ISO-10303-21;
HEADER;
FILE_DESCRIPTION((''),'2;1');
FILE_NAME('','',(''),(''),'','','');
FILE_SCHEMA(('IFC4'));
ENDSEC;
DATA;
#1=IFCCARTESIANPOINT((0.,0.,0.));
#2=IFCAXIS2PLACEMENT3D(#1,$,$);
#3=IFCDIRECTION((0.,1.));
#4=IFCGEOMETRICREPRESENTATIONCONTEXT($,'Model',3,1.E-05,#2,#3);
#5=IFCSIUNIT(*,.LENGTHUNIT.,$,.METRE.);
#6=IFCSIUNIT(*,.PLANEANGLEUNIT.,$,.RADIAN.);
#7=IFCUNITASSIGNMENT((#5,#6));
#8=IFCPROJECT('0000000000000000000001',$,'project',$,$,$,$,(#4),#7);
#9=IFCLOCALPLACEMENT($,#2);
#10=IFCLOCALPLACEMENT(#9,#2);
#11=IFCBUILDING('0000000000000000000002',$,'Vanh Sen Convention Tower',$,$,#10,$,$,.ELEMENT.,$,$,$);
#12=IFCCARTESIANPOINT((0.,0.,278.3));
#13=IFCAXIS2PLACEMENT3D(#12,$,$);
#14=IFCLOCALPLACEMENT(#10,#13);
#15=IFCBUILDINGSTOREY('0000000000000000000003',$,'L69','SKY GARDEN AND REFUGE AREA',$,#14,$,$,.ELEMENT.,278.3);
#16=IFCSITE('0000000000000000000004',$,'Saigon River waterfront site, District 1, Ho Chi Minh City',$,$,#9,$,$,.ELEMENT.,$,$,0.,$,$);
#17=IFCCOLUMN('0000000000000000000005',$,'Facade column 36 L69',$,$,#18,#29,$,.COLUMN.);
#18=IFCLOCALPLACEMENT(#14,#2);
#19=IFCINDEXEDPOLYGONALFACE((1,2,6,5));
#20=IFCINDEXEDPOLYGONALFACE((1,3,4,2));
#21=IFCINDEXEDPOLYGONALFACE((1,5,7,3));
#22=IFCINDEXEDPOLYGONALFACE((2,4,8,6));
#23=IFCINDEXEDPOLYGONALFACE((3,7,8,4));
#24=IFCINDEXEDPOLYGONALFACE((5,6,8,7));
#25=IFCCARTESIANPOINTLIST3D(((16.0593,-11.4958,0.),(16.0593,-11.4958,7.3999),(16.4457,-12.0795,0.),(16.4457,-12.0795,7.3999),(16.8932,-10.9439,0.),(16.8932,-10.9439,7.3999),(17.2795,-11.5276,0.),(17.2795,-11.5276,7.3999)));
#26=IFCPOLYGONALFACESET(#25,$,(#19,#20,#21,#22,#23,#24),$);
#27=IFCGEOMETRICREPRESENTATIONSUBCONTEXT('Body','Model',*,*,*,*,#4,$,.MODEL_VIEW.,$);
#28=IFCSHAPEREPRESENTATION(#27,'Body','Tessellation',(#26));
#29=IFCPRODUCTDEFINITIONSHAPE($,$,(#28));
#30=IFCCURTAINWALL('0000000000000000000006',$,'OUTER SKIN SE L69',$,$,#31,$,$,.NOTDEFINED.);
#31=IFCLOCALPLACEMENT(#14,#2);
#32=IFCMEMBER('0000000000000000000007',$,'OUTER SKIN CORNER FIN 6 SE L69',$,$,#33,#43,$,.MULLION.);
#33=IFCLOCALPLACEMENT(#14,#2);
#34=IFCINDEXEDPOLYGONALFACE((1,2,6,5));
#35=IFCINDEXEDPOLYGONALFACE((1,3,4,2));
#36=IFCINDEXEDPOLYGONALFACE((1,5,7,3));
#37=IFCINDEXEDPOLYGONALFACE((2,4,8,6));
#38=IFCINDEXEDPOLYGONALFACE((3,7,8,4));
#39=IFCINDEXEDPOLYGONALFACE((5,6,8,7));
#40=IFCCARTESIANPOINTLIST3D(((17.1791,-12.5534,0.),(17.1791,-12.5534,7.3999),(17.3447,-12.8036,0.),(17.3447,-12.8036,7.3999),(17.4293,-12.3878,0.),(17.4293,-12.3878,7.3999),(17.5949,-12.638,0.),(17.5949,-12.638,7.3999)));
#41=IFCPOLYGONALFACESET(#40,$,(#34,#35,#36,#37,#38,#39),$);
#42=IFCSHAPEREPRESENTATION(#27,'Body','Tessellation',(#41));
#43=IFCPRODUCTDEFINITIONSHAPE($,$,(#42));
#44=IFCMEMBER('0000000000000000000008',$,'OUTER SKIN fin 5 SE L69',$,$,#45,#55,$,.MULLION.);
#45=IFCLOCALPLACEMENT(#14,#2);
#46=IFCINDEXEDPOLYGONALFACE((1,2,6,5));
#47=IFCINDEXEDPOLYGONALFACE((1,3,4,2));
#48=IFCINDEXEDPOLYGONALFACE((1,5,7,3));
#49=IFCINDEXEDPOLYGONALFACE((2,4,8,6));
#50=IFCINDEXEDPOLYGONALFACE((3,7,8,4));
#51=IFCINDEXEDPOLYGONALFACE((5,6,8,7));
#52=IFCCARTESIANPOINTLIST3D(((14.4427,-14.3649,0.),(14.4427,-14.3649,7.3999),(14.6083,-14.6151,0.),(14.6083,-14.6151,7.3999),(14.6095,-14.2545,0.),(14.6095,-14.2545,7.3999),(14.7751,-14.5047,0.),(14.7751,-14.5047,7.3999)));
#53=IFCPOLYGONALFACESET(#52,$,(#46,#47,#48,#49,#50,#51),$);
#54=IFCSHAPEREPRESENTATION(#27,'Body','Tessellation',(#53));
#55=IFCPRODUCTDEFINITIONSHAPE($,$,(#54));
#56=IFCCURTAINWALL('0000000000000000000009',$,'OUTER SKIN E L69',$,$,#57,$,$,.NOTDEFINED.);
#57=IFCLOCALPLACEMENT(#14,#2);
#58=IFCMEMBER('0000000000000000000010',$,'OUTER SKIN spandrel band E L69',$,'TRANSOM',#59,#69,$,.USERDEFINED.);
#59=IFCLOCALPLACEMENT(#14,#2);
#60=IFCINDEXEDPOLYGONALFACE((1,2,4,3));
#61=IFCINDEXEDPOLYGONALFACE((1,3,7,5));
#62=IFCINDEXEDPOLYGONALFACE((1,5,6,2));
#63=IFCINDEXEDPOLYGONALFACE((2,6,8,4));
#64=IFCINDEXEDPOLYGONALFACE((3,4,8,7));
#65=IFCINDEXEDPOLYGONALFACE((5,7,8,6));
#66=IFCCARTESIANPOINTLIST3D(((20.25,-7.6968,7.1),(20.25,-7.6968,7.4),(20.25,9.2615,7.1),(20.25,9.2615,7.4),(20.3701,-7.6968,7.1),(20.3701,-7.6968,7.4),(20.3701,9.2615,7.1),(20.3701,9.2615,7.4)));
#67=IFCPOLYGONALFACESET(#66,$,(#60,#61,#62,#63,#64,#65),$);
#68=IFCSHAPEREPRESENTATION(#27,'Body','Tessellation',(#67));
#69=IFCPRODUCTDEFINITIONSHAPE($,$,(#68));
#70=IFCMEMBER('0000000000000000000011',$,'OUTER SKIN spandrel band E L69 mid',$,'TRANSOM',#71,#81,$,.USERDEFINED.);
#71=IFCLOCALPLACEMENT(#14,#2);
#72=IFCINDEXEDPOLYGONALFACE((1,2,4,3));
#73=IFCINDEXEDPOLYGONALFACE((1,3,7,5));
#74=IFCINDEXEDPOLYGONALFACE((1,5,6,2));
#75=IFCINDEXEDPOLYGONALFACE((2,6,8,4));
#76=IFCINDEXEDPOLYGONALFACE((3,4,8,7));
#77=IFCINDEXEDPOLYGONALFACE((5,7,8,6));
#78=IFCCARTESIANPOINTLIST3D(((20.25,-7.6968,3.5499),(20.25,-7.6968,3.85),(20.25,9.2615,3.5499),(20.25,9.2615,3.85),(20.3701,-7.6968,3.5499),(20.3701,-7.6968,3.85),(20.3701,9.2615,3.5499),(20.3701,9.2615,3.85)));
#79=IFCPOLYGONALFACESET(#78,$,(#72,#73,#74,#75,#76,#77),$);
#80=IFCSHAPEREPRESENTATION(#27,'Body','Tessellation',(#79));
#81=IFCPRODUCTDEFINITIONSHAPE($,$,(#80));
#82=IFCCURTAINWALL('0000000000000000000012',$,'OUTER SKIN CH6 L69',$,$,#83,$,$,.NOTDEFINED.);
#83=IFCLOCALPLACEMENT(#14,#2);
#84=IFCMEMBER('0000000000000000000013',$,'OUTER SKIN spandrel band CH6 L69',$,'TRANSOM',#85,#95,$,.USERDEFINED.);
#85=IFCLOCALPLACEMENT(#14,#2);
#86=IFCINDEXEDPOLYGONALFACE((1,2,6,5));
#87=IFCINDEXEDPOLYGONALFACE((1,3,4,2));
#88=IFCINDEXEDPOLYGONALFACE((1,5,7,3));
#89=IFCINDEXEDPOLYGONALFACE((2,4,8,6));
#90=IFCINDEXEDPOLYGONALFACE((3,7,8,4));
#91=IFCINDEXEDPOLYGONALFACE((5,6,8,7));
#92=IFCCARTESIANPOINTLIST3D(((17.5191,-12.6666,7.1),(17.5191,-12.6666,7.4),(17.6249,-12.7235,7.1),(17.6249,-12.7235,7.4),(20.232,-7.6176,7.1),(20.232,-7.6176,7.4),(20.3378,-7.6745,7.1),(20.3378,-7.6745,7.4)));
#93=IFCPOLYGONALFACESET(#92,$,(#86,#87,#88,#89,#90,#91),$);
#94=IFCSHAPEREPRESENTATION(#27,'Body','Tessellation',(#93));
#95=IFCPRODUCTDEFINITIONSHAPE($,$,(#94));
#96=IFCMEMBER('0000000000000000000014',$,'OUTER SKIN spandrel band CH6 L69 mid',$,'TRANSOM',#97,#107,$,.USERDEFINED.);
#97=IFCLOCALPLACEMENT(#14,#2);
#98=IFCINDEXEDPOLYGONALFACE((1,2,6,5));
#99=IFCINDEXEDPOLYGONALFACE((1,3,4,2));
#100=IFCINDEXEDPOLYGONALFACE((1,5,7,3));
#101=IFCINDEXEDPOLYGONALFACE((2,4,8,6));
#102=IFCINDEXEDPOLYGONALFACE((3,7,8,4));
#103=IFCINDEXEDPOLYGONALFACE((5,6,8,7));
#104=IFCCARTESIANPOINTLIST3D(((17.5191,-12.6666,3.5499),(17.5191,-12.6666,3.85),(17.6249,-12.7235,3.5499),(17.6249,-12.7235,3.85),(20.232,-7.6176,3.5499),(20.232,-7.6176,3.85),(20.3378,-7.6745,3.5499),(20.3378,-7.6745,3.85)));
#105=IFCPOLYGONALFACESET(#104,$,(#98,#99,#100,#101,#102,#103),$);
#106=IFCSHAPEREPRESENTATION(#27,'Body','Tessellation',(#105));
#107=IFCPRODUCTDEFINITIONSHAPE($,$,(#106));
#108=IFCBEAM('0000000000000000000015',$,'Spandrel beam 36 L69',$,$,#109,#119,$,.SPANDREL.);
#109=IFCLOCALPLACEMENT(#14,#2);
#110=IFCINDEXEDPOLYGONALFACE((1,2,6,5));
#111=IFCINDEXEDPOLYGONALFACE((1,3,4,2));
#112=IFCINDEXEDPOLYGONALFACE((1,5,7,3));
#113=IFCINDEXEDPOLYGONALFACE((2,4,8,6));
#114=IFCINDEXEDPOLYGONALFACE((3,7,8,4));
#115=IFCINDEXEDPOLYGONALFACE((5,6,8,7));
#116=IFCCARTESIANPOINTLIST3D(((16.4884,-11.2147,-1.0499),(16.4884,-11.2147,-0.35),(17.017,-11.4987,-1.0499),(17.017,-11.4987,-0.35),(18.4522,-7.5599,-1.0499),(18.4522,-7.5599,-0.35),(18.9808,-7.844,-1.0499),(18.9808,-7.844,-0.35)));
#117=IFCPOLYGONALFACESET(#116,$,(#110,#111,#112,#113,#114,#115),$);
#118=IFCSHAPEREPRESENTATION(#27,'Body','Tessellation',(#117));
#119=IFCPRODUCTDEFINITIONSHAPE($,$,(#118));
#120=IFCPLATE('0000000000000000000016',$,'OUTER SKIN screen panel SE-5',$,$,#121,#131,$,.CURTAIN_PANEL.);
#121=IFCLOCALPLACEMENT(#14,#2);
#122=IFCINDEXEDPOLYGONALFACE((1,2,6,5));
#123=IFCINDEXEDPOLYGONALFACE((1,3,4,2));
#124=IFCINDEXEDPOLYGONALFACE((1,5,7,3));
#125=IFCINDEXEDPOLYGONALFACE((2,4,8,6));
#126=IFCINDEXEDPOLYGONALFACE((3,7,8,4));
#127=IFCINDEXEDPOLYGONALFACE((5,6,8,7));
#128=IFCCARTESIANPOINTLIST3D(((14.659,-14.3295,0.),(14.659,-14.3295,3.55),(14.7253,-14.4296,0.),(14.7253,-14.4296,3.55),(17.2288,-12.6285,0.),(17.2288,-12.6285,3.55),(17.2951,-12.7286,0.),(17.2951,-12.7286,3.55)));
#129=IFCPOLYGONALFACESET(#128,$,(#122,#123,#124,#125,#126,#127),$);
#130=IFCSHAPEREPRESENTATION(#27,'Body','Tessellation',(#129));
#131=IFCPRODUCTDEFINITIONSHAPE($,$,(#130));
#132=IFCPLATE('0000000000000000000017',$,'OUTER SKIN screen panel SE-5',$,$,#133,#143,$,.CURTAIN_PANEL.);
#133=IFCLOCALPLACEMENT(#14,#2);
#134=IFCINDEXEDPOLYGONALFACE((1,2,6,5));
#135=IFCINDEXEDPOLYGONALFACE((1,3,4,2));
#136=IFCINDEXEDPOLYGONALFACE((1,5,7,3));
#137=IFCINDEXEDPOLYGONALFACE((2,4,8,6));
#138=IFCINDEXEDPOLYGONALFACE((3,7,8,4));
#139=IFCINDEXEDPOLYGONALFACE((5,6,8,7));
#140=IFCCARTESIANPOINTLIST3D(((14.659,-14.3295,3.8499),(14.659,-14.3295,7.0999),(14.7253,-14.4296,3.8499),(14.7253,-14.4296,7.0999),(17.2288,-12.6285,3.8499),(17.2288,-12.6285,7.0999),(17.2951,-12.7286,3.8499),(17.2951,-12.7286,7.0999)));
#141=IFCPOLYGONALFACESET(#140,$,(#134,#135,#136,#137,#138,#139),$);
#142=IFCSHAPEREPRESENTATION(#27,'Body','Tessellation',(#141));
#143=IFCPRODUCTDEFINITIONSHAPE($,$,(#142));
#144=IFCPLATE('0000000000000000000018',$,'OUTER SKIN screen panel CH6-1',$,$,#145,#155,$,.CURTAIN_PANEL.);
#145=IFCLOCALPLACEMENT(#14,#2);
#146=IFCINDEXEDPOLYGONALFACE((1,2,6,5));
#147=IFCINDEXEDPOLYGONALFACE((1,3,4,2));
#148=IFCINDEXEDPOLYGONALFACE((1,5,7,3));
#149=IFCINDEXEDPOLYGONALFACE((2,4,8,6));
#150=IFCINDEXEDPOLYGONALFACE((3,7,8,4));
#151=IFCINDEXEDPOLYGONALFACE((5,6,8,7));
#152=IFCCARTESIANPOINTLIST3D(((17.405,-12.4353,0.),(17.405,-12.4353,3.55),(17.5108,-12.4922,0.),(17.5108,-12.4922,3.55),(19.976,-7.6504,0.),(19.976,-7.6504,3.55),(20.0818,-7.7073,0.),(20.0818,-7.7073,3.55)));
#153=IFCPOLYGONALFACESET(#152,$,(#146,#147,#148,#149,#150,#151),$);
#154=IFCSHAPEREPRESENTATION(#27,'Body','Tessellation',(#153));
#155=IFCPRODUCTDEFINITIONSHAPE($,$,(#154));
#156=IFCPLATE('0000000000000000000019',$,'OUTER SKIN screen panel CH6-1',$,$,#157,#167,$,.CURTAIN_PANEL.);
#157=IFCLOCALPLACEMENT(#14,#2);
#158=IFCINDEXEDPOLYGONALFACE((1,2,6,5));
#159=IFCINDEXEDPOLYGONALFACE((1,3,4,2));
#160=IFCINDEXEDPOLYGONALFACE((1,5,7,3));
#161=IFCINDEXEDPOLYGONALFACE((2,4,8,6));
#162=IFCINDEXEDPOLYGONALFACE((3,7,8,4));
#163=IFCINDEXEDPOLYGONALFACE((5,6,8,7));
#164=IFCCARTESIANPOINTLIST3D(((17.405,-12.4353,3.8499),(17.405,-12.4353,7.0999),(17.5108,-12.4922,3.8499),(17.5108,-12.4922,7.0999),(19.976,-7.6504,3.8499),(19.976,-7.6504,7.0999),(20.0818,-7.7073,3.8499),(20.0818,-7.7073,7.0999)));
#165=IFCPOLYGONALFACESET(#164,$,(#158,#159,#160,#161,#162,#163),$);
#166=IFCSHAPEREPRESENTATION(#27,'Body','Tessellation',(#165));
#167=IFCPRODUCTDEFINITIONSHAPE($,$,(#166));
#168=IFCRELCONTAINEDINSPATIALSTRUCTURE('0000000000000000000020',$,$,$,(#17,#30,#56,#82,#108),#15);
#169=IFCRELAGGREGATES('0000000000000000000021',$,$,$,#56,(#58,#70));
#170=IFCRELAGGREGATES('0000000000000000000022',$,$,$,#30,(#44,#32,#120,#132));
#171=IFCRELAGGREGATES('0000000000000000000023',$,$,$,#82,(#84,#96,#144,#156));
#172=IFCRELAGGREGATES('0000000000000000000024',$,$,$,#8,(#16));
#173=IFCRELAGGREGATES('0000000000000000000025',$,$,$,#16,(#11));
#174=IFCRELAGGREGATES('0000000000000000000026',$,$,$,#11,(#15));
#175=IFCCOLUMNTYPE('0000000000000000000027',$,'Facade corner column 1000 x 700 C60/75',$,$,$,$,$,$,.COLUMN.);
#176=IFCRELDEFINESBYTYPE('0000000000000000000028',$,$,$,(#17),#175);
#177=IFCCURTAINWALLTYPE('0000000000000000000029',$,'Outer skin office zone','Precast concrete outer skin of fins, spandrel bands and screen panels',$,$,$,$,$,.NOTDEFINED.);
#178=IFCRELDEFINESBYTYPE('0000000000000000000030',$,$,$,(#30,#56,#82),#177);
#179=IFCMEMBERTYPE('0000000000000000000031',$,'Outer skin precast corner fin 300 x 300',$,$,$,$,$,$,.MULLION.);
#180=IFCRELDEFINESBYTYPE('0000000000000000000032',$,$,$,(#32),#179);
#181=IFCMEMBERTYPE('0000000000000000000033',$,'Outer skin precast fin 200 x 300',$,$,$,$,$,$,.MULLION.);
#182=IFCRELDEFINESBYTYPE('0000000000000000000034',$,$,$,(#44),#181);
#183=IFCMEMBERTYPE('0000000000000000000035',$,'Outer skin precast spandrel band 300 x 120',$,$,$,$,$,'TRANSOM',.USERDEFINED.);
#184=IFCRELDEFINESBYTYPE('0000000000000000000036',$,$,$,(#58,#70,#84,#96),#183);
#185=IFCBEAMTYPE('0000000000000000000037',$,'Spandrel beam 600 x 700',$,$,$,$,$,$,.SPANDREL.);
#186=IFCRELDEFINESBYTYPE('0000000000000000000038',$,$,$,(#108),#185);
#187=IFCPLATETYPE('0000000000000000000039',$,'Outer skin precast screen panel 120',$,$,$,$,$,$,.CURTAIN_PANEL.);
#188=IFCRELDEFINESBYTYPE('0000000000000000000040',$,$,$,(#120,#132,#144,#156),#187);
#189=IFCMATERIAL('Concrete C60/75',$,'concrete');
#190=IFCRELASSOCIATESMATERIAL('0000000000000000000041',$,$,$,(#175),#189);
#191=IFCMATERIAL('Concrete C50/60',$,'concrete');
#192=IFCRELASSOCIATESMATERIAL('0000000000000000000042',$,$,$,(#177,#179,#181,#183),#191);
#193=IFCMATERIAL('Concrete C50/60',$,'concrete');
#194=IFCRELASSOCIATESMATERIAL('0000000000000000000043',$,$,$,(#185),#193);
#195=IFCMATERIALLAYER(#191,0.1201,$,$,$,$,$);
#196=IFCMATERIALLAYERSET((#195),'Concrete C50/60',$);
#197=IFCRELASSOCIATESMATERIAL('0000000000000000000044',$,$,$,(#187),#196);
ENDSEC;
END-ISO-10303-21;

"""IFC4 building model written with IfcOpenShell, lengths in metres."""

from ifc_helpers import new_model, si_unit, direction, frame, origin, origin_2d, place, context, subcontext, project, spatial, rectangle, extrude, material, layer, layer_set, material_profile, profile_set, type_object, element, aggregate, save


model = new_model("IFC4")

# Units and contexts
model_context = context("Model", 3, precision=1e-05, world=origin(), true_north=direction((0.0, 1.0)))
body_context = subcontext(model_context, "Body", "Model", "MODEL_VIEW")
ifc_project = project(units=[si_unit("LENGTHUNIT", "METRE"), si_unit("PLANEANGLEUNIT", "RADIAN")], contexts=[model_context])

# Site, building, storey
site_placement = place(None, origin())
site = spatial("IfcSite", under=ifc_project, at=site_placement, Name="Saigon River waterfront site, District 1, Ho Chi Minh City", CompositionType="ELEMENT", RefElevation=0.0)
building_placement = place(site_placement, origin())
building = spatial("IfcBuilding", under=site, at=building_placement, Name="Vanh Sen Convention Tower", CompositionType="ELEMENT")
storey_placement = place(building_placement, frame((0.0, 0.0, 278.3)))
storey = spatial("IfcBuildingStorey", under=building, at=storey_placement, Name="L69", Description="SKY GARDEN AND REFUGE AREA", CompositionType="ELEMENT", Elevation=278.3)

# Column
ifc_material_1 = material(Name="Concrete C60/75", Category="concrete")
ifc_material_profile_1 = material_profile(ifc_material_1, rectangle(XDim=1.0, YDim=0.7, at=origin_2d()), Name="RC 1000X700")
ifc_profile_set_1 = profile_set([ifc_material_profile_1], Name="Concrete C60/75")
column_type = type_object("IfcColumnType", Name="Facade corner column 1000 x 700 C60/75", PredefinedType="COLUMN", material=ifc_profile_set_1)
column_placement = place(storey_placement, frame((16.6694, -11.5117, 0.0), z_axis=(0.0, 0.0, 1.0), x_axis=(0.833886, 0.551937, 0.0)))
element("IfcColumn", 1, at=column_placement, inside=storey, type_object=column_type, Name="Facade column 36 L69", PredefinedType="COLUMN", context=body_context, shape_type="SweptSolid", body=[
    extrude(rectangle(XDim=1.0, YDim=0.7, at=origin_2d()), origin(), (0.0, 0.0, 1.0), 7.3999),
])

# Curtain walls, members
ifc_material_2 = material(Name="Concrete C50/60", Category="concrete")
curtain_wall_type = type_object("IfcCurtainWallType", Name="Outer skin office zone", Description="Precast concrete outer skin of fins, spandrel bands and screen panels", PredefinedType="NOTDEFINED", material=ifc_material_2)
curtain_wall_1_placement = place(storey_placement, origin())
curtain_wall_1 = element("IfcCurtainWall", 2, at=curtain_wall_1_placement, inside=storey, type_object=curtain_wall_type, Name="OUTER SKIN SE L69", PredefinedType="NOTDEFINED")
ifc_material_profile_2 = material_profile(ifc_material_2, rectangle(XDim=0.3, YDim=0.3, at=origin_2d()), Name="Outer skin precast corner fin 300 x 300")
ifc_profile_set_2 = profile_set([ifc_material_profile_2], Name="Concrete C50/60")
member_type_1 = type_object("IfcMemberType", Name="Outer skin precast corner fin 300 x 300", PredefinedType="MULLION", material=ifc_profile_set_2)
member_1_placement = place(storey_placement, frame((17.387, -12.5957, 0.0), z_axis=(0.0, 0.0, 1.0), x_axis=(0.833886, 0.551937, 0.0)))
member_1 = element("IfcMember", 3, at=member_1_placement, type_object=member_type_1, Name="OUTER SKIN CORNER FIN 6 SE L69", PredefinedType="MULLION", context=body_context, shape_type="SweptSolid", body=[
    extrude(rectangle(XDim=0.3, YDim=0.3, at=origin_2d()), origin(), (0.0, 0.0, 1.0), 7.3999),
])
ifc_material_profile_3 = material_profile(ifc_material_2, rectangle(XDim=0.2, YDim=0.3, at=origin_2d()), Name="Outer skin precast fin 200 x 300")
ifc_profile_set_3 = profile_set([ifc_material_profile_3], Name="Concrete C50/60")
member_type_2 = type_object("IfcMemberType", Name="Outer skin precast fin 200 x 300", PredefinedType="MULLION", material=ifc_profile_set_3)
member_2_placement = place(storey_placement, frame((14.6089, -14.4348, 0.0), z_axis=(0.0, 0.0, 1.0), x_axis=(0.833886, 0.551937, 0.0)))
member_2 = element("IfcMember", 4, at=member_2_placement, type_object=member_type_2, Name="OUTER SKIN fin 5 SE L69", PredefinedType="MULLION", context=body_context, shape_type="SweptSolid", body=[
    extrude(rectangle(XDim=0.2, YDim=0.3, at=origin_2d()), origin(), (0.0, 0.0, 1.0), 7.3999),
])
curtain_wall_2_placement = place(storey_placement, origin())
curtain_wall_2 = element("IfcCurtainWall", 5, at=curtain_wall_2_placement, inside=storey, type_object=curtain_wall_type, Name="OUTER SKIN E L69", PredefinedType="NOTDEFINED")
ifc_material_profile_4 = material_profile(ifc_material_2, rectangle(XDim=0.1201, YDim=0.3, at=origin_2d()), Name="Outer skin precast spandrel band 300 x 120")
ifc_profile_set_4 = profile_set([ifc_material_profile_4], Name="Concrete C50/60")
member_type_3 = type_object("IfcMemberType", Name="Outer skin precast spandrel band 300 x 120", ElementType="TRANSOM", PredefinedType="USERDEFINED", material=ifc_profile_set_4)
member_3_placement = place(storey_placement, frame((20.3101, -7.6968, 7.25), z_axis=(0.0, 1.0, 0.0), x_axis=(-1.0, 0.0, 0.0)))
member_3 = element("IfcMember", 6, at=member_3_placement, type_object=member_type_3, Name="OUTER SKIN spandrel band E L69", ObjectType="TRANSOM", PredefinedType="USERDEFINED", context=body_context, shape_type="SweptSolid", body=[
    extrude(rectangle(XDim=0.1201, YDim=0.3, at=origin_2d()), origin(), (0.0, 0.0, 1.0), 16.9583),
])
member_4_placement = place(storey_placement, frame((20.3101, -7.6968, 3.7), z_axis=(0.0, 1.0, 0.0), x_axis=(-1.0, 0.0, 0.0)))
member_4 = element("IfcMember", 7, at=member_4_placement, type_object=member_type_3, Name="OUTER SKIN spandrel band E L69 mid", ObjectType="TRANSOM", PredefinedType="USERDEFINED", context=body_context, shape_type="SweptSolid", body=[
    extrude(rectangle(XDim=0.1201, YDim=0.3, at=origin_2d()), origin(), (0.0, 0.0, 1.0), 16.9583),
])
aggregate(curtain_wall_2, [member_3, member_4])
curtain_wall_3_placement = place(storey_placement, origin())
curtain_wall_3 = element("IfcCurtainWall", 8, at=curtain_wall_3_placement, inside=storey, type_object=curtain_wall_type, Name="OUTER SKIN CH6 L69", PredefinedType="NOTDEFINED")
member_5_placement = place(storey_placement, frame((17.572, -12.6951, 7.25), z_axis=(0.47331, 0.880896, 0.0), x_axis=(-0.880896, 0.47331, 0.0)))
member_5 = element("IfcMember", 9, at=member_5_placement, type_object=member_type_3, Name="OUTER SKIN spandrel band CH6 L69", ObjectType="TRANSOM", PredefinedType="USERDEFINED", context=body_context, shape_type="SweptSolid", body=[
    extrude(rectangle(XDim=0.1201, YDim=0.3, at=origin_2d()), origin(), (0.0, 0.0, 1.0), 5.7317),
])
member_6_placement = place(storey_placement, frame((17.572, -12.6951, 3.7), z_axis=(0.47331, 0.880896, 0.0), x_axis=(-0.880896, 0.47331, 0.0)))
member_6 = element("IfcMember", 10, at=member_6_placement, type_object=member_type_3, Name="OUTER SKIN spandrel band CH6 L69 mid", ObjectType="TRANSOM", PredefinedType="USERDEFINED", context=body_context, shape_type="SweptSolid", body=[
    extrude(rectangle(XDim=0.1201, YDim=0.3, at=origin_2d()), origin(), (0.0, 0.0, 1.0), 5.7317),
])

# Beam
ifc_material_3 = material(Name="Concrete C50/60", Category="concrete")
ifc_material_profile_5 = material_profile(ifc_material_3, rectangle(XDim=0.6001, YDim=0.7, at=origin_2d()), Name="RC 600X700")
ifc_profile_set_5 = profile_set([ifc_material_profile_5], Name="Concrete C50/60")
beam_type = type_object("IfcBeamType", Name="Spandrel beam 600 x 700", PredefinedType="SPANDREL", material=ifc_profile_set_5)
beam_placement = place(storey_placement, frame((16.7527, -11.3567, -0.7), z_axis=(0.473335, 0.880883, 0.0), x_axis=(-0.880883, 0.473335, 0.0)))
element("IfcBeam", 11, at=beam_placement, inside=storey, type_object=beam_type, Name="Spandrel beam 36 L69", PredefinedType="SPANDREL", context=body_context, shape_type="SweptSolid", body=[
    extrude(rectangle(XDim=0.6001, YDim=0.7, at=origin_2d()), origin(), (0.0, 0.0, 1.0), 4.1489),
])

# Plates
ifc_layer_1 = layer(ifc_material_2, 0.1201)
ifc_layer_set_1 = layer_set([ifc_layer_1], Name="Concrete C50/60")
plate_type = type_object("IfcPlateType", Name="Outer skin precast screen panel 120", PredefinedType="CURTAIN_PANEL", material=ifc_layer_set_1)
plate_1_placement = place(storey_placement, frame((15.9771, -13.5291, 0.0), z_axis=(0.0, 0.0, 1.0), x_axis=(0.833879, 0.551947, 0.0)))
plate_1 = element("IfcPlate", 12, at=plate_1_placement, type_object=plate_type, Name="OUTER SKIN screen panel SE-5", PredefinedType="CURTAIN_PANEL", context=body_context, shape_type="SweptSolid", body=[
    extrude(rectangle(XDim=3.0818, YDim=0.1201, at=origin_2d()), origin(), (0.0, 0.0, 1.0), 3.55),
])
plate_2_placement = place(storey_placement, frame((15.9771, -13.5291, 3.8499), z_axis=(0.0, 0.0, 1.0), x_axis=(0.833879, 0.551947, 0.0)))
plate_2 = element("IfcPlate", 13, at=plate_2_placement, type_object=plate_type, Name="OUTER SKIN screen panel SE-5", PredefinedType="CURTAIN_PANEL", context=body_context, shape_type="SweptSolid", body=[
    extrude(rectangle(XDim=3.0818, YDim=0.1201, at=origin_2d()), origin(), (0.0, 0.0, 1.0), 3.25),
])
aggregate(curtain_wall_1, [member_2, member_1, plate_1, plate_2])
plate_3_placement = place(storey_placement, frame((18.7434, -10.0713, 0.0), z_axis=(0.0, 0.0, 1.0), x_axis=(0.473324, 0.880888, 0.0)))
plate_3 = element("IfcPlate", 14, at=plate_3_placement, type_object=plate_type, Name="OUTER SKIN screen panel CH6-1", PredefinedType="CURTAIN_PANEL", context=body_context, shape_type="SweptSolid", body=[
    extrude(rectangle(XDim=5.4319, YDim=0.1201, at=origin_2d()), origin(), (0.0, 0.0, 1.0), 3.55),
])
plate_4_placement = place(storey_placement, frame((18.7434, -10.0713, 3.8499), z_axis=(0.0, 0.0, 1.0), x_axis=(0.473324, 0.880888, 0.0)))
plate_4 = element("IfcPlate", 15, at=plate_4_placement, type_object=plate_type, Name="OUTER SKIN screen panel CH6-1", PredefinedType="CURTAIN_PANEL", context=body_context, shape_type="SweptSolid", body=[
    extrude(rectangle(XDim=5.4319, YDim=0.1201, at=origin_2d()), origin(), (0.0, 0.0, 1.0), 3.25),
])
aggregate(curtain_wall_3, [member_5, member_6, plate_3, plate_4])

save(model, "model.ifc")
